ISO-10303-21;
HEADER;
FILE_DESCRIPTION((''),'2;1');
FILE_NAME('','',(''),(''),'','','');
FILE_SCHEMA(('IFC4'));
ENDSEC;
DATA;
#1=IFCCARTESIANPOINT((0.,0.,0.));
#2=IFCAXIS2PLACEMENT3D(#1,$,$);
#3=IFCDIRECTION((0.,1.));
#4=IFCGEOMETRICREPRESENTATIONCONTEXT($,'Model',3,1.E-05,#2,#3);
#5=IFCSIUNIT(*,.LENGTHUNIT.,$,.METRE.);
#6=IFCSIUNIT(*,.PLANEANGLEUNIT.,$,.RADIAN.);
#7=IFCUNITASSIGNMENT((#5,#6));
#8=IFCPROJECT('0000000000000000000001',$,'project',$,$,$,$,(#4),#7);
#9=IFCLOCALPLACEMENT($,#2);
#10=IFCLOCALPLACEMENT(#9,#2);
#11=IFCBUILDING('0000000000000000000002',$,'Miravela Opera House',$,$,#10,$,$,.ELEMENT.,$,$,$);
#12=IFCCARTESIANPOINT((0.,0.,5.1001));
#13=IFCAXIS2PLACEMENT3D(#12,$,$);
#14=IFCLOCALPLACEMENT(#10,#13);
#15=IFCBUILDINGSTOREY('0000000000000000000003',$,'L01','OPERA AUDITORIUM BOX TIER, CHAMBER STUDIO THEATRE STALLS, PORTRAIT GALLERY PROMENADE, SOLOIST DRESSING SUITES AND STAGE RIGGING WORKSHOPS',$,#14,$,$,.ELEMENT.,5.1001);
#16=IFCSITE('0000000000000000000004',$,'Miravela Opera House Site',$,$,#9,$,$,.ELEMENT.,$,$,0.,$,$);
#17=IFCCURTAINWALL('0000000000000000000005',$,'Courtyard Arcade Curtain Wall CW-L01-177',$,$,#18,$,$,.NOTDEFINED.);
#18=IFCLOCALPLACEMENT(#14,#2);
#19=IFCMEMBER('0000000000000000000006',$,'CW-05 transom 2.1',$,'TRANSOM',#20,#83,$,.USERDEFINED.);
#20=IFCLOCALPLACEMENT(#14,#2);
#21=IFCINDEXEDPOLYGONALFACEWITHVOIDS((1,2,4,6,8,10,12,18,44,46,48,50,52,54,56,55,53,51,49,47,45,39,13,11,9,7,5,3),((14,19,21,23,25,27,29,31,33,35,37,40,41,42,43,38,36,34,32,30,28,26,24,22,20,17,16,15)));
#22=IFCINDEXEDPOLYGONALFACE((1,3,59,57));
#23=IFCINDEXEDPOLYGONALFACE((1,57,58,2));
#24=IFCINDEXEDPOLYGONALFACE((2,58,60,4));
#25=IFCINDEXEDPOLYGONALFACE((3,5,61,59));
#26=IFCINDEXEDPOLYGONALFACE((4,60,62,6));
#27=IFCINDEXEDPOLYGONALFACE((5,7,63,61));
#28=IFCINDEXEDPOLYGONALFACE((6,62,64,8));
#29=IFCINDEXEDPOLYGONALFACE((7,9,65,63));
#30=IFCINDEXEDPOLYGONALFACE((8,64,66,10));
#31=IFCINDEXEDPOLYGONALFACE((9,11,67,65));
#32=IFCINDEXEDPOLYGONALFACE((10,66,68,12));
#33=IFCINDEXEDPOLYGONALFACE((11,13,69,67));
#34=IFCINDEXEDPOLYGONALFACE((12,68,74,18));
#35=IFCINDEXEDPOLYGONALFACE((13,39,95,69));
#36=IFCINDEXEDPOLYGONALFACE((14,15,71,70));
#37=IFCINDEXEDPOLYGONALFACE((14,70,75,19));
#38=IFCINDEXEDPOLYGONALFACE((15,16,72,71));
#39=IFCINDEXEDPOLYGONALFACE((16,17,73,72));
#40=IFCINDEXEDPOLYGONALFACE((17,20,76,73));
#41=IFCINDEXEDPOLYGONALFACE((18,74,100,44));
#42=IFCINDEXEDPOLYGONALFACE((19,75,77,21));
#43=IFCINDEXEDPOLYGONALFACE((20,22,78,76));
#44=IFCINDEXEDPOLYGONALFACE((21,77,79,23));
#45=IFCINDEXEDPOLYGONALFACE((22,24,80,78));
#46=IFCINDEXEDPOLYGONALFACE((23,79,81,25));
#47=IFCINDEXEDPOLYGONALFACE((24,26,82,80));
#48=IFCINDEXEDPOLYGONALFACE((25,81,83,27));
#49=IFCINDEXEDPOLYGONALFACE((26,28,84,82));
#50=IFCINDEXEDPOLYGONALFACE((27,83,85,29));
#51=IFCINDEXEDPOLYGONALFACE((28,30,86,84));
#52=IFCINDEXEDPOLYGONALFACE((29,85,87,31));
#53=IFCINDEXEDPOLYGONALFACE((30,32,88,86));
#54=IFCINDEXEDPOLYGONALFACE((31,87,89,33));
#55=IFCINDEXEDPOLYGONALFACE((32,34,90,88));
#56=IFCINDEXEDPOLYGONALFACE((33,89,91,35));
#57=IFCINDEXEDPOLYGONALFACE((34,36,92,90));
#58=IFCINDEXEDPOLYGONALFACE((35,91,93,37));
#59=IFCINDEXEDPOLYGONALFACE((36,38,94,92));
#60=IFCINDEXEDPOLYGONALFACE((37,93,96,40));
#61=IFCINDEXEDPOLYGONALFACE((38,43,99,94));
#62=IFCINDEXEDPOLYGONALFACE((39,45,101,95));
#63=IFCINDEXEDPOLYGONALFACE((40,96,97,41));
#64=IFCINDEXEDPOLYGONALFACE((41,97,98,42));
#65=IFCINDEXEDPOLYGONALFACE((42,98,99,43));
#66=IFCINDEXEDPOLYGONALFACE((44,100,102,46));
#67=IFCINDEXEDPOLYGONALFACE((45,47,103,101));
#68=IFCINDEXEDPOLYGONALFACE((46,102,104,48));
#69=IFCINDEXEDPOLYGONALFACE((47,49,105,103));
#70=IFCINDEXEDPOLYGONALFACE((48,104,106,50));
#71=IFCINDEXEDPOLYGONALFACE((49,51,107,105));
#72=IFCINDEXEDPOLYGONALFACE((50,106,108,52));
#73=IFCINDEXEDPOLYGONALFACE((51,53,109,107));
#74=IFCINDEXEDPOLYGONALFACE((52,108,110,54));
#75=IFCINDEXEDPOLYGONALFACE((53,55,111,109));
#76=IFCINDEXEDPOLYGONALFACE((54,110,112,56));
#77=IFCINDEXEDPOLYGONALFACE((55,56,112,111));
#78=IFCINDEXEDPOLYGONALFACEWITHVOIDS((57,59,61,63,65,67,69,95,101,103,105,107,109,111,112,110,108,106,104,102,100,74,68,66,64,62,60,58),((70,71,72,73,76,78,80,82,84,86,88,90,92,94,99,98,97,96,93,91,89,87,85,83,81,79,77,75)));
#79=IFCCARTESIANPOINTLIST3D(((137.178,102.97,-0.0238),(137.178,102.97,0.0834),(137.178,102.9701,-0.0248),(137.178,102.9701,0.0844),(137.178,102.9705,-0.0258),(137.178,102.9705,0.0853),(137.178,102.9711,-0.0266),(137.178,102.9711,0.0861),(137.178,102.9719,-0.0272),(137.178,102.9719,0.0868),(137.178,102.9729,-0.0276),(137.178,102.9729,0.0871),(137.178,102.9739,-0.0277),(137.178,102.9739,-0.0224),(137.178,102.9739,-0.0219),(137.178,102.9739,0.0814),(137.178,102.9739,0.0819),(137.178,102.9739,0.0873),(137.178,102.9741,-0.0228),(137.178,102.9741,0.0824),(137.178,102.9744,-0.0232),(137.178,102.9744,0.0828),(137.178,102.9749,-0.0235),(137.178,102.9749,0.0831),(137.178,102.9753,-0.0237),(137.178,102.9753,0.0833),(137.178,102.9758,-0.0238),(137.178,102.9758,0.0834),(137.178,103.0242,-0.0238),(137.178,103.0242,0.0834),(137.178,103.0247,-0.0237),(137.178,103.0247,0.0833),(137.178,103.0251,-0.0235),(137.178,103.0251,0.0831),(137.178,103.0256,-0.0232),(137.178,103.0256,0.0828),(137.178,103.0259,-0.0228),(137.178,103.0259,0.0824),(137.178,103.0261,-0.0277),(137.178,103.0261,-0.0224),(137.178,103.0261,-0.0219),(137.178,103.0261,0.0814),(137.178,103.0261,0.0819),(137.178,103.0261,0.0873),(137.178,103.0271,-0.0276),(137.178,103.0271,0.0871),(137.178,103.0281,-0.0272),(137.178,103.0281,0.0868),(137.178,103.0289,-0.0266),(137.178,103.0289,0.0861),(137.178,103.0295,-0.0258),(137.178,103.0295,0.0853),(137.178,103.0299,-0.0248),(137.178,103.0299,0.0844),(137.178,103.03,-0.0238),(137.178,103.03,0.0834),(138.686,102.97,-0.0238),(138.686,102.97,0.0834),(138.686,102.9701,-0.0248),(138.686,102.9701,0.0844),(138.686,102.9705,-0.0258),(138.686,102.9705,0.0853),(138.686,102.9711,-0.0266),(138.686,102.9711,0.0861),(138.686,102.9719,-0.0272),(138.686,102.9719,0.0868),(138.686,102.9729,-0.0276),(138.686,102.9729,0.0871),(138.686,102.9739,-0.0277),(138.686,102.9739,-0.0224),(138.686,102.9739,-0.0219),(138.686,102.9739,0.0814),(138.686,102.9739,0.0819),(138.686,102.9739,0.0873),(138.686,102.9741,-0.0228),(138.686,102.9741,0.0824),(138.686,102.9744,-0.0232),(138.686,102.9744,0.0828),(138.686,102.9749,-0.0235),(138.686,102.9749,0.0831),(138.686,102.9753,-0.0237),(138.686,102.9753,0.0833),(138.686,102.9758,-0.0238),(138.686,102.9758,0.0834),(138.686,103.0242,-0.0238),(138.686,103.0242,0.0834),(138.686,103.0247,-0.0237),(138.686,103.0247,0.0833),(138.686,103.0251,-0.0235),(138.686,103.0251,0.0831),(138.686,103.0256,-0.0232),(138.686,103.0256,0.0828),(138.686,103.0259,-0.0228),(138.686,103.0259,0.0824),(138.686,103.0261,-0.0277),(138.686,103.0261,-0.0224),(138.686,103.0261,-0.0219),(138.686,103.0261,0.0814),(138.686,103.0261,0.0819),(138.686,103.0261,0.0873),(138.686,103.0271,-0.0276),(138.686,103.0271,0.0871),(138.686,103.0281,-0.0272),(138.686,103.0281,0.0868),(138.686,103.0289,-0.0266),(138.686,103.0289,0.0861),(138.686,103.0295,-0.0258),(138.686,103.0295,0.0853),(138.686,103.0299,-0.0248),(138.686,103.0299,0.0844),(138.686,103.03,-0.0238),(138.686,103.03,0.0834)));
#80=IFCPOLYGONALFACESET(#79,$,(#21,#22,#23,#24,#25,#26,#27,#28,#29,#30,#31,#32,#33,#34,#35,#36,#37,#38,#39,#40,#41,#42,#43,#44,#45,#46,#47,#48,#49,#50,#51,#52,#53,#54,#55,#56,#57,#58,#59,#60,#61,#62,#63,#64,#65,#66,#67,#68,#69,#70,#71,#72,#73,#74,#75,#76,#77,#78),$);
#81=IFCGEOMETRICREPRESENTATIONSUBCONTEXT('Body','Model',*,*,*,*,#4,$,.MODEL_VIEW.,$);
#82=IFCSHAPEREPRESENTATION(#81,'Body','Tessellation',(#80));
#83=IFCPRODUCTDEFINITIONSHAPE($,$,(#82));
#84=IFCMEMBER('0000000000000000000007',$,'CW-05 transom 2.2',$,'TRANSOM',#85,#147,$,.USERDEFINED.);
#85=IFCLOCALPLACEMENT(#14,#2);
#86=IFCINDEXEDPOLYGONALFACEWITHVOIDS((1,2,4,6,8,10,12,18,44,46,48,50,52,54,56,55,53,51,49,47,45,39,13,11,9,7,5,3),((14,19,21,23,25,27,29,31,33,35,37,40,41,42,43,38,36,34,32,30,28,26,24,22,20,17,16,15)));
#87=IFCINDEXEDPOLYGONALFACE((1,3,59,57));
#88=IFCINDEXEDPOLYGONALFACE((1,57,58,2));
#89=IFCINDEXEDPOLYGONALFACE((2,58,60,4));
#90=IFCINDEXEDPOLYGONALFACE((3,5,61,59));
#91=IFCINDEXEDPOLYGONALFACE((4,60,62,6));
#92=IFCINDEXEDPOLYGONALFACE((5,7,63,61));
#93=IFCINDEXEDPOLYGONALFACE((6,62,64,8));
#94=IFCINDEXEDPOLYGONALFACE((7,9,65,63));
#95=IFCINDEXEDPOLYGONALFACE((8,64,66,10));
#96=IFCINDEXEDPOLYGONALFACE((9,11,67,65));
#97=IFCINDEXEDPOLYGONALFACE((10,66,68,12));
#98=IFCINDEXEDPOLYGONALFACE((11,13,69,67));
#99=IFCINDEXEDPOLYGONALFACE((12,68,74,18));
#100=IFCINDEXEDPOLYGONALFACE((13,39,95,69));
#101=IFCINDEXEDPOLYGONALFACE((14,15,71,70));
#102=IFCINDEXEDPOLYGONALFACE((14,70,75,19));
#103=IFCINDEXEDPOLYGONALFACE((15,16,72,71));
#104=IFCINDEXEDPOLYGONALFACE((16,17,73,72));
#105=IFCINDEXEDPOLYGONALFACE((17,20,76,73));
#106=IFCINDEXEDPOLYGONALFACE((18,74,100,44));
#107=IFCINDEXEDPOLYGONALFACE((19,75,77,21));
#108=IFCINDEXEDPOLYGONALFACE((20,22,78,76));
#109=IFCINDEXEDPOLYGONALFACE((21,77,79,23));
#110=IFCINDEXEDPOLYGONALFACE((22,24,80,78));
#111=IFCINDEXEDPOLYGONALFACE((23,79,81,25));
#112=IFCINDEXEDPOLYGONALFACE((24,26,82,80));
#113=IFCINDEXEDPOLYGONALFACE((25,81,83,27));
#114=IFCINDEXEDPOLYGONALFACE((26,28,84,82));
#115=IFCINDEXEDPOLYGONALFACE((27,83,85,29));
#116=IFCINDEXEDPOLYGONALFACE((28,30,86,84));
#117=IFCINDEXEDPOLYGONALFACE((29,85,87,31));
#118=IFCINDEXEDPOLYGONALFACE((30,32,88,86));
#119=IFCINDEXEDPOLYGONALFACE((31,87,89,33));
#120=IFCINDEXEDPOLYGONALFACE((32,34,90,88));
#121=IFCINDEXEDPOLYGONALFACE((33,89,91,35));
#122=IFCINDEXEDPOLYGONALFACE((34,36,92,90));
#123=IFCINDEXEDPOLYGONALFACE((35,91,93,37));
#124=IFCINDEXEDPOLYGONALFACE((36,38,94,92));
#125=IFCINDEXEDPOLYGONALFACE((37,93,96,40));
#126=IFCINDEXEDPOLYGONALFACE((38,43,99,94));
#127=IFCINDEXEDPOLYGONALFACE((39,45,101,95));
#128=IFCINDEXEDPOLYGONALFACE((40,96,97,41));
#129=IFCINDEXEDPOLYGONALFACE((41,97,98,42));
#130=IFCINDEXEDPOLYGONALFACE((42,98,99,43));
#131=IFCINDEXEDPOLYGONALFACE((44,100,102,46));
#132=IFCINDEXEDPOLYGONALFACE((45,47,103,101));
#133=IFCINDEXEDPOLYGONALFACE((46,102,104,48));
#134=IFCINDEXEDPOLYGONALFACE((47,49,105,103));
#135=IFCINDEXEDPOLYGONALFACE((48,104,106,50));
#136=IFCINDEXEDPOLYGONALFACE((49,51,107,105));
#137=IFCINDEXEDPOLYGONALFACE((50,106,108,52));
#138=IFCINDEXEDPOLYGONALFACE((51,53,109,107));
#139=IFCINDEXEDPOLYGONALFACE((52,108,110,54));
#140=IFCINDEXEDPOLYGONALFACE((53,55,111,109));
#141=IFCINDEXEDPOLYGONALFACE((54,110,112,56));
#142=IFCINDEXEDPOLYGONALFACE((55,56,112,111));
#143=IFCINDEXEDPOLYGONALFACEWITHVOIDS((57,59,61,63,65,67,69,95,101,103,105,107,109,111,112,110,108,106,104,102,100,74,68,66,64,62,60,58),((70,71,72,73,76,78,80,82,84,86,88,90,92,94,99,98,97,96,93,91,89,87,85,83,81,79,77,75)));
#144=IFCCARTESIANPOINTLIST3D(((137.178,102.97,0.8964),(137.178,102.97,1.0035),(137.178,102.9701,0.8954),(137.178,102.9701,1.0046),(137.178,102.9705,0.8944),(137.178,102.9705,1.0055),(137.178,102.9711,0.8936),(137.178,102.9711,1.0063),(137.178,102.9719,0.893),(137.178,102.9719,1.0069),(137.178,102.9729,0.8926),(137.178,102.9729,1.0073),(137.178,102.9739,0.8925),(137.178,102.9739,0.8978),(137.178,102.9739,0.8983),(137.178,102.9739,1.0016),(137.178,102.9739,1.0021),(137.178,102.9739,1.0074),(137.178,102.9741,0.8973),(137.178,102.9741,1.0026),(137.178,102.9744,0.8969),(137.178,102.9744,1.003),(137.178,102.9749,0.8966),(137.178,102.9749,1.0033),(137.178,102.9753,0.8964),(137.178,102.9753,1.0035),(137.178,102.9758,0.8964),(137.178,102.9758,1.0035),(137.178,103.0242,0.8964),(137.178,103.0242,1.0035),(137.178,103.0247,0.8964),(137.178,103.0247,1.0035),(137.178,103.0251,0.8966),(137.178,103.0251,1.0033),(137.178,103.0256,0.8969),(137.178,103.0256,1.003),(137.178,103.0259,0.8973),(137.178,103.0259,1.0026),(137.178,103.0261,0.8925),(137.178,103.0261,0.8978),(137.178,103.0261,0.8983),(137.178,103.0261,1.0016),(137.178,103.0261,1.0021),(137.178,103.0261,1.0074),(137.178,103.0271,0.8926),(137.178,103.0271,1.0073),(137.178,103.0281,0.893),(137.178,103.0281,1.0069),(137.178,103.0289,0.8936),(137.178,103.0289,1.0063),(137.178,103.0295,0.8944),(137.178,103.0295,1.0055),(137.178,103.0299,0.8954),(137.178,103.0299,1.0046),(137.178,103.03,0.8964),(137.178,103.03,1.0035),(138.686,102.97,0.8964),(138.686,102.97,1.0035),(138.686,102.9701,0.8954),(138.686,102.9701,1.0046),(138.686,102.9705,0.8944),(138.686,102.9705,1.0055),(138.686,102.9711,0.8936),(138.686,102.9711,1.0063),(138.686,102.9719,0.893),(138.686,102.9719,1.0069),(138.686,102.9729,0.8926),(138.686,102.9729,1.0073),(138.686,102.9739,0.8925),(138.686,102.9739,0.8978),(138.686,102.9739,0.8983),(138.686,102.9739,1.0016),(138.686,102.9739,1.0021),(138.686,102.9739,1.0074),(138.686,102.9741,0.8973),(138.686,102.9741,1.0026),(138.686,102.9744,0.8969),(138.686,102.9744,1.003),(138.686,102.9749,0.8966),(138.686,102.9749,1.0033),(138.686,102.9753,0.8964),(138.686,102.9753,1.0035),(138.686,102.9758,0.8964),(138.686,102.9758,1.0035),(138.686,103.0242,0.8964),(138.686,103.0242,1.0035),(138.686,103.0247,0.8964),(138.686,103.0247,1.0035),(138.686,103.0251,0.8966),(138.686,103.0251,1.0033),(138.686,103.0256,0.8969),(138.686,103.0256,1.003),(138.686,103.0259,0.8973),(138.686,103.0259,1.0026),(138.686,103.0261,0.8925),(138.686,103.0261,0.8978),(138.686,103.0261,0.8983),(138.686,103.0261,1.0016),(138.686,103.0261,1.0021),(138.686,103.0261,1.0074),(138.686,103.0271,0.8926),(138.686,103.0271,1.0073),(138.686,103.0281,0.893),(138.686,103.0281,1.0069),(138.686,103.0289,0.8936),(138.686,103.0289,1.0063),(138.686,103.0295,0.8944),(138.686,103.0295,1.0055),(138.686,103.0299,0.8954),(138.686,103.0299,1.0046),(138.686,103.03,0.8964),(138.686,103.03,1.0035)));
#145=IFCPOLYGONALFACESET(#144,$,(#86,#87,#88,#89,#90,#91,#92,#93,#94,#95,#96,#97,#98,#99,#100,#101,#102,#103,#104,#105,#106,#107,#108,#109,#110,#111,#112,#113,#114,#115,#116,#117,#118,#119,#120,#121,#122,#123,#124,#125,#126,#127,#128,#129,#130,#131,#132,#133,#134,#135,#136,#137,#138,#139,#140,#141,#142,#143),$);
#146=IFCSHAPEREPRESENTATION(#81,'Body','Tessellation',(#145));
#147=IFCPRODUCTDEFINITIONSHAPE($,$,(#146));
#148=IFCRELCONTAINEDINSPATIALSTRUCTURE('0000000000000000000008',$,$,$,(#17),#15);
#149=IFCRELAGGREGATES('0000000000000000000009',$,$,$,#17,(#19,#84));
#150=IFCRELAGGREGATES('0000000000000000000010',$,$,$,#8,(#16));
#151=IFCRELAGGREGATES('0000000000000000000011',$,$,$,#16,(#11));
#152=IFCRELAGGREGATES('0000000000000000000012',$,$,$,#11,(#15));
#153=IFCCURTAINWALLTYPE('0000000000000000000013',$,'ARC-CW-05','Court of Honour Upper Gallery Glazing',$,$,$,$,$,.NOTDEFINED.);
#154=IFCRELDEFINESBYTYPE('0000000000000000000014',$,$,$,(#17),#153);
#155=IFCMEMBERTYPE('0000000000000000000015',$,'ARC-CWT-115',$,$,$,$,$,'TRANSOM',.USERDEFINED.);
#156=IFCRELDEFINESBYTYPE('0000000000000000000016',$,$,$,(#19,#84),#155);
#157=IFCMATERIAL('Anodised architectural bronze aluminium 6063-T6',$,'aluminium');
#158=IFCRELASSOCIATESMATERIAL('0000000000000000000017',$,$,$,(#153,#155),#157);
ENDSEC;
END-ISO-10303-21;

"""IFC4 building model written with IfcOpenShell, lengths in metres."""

from ifc_helpers import new_model, si_unit, direction, frame, origin, origin_2d, place, context, subcontext, project, spatial, hollow_rectangle, extrude, material, material_profile, profile_set, type_object, element, aggregate, save


model = new_model("IFC4")

# Units and contexts
model_context = context("Model", 3, precision=1e-05, world=origin(), true_north=direction((0.0, 1.0)))
body_context = subcontext(model_context, "Body", "Model", "MODEL_VIEW")
ifc_project = project(units=[si_unit("LENGTHUNIT", "METRE"), si_unit("PLANEANGLEUNIT", "RADIAN")], contexts=[model_context])

# Site, building, storey
site_placement = place(None, origin())
site = spatial("IfcSite", under=ifc_project, at=site_placement, Name="Miravela Opera House Site", CompositionType="ELEMENT", RefElevation=0.0)
building_placement = place(site_placement, origin())
building = spatial("IfcBuilding", under=site, at=building_placement, Name="Miravela Opera House", CompositionType="ELEMENT")
storey_placement = place(building_placement, frame((0.0, 0.0, 5.1001)))
storey = spatial("IfcBuildingStorey", under=building, at=storey_placement, Name="L01", Description="OPERA AUDITORIUM BOX TIER, CHAMBER STUDIO THEATRE STALLS, PORTRAIT GALLERY PROMENADE, SOLOIST DRESSING SUITES AND STAGE RIGGING WORKSHOPS", CompositionType="ELEMENT", Elevation=5.1001)

# Curtain wall, members
ifc_material_1 = material(Name="Anodised architectural bronze aluminium 6063-T6", Category="aluminium")
curtain_wall_type = type_object("IfcCurtainWallType", Name="ARC-CW-05", Description="Court of Honour Upper Gallery Glazing", PredefinedType="NOTDEFINED", material=ifc_material_1)
curtain_wall_placement = place(storey_placement, origin())
curtain_wall = element("IfcCurtainWall", 1, at=curtain_wall_placement, inside=storey, type_object=curtain_wall_type, Name="Courtyard Arcade Curtain Wall CW-L01-177", PredefinedType="NOTDEFINED")
ifc_material_profile_1 = material_profile(ifc_material_1, hollow_rectangle(XDim=0.0601, YDim=0.115, WallThickness=0.0039, InnerFilletRadius=0.002, OuterFilletRadius=0.0039, at=origin_2d()), Name="CWT-60X115")
ifc_profile_set_1 = profile_set([ifc_material_profile_1])
member_type_1 = type_object("IfcMemberType", Name="ARC-CWT-115", ElementType="TRANSOM", PredefinedType="USERDEFINED", material=ifc_profile_set_1)
member_1_placement = place(storey_placement, frame((137.178, 103.0, 0.0298), z_axis=(1.0, 0.0, 0.0), x_axis=(0.0, 1.0, 0.0)))
member_1 = element("IfcMember", 2, at=member_1_placement, type_object=member_type_1, Name="CW-05 transom 2.1", ObjectType="TRANSOM", PredefinedType="USERDEFINED", context=body_context, shape_type="SweptSolid", body=[
    extrude(hollow_rectangle(XDim=0.0601, YDim=0.115, WallThickness=0.0039, InnerFilletRadius=0.002, OuterFilletRadius=0.0039, at=origin_2d()), origin(), (0.0, 0.0, 1.0), 1.5081),
])
member_2_placement = place(storey_placement, frame((137.178, 103.0, 0.95), z_axis=(1.0, 0.0, 0.0), x_axis=(0.0, 1.0, 0.0)))
member_2 = element("IfcMember", 3, at=member_2_placement, type_object=member_type_1, Name="CW-05 transom 2.2", ObjectType="TRANSOM", PredefinedType="USERDEFINED", context=body_context, shape_type="SweptSolid", body=[
    extrude(hollow_rectangle(XDim=0.0601, YDim=0.115, WallThickness=0.0039, InnerFilletRadius=0.002, OuterFilletRadius=0.0039, at=origin_2d()), origin(), (0.0, 0.0, 1.0), 1.5081),
])

aggregate(curtain_wall, [member_1, member_2])

save(model, "model.ifc")
